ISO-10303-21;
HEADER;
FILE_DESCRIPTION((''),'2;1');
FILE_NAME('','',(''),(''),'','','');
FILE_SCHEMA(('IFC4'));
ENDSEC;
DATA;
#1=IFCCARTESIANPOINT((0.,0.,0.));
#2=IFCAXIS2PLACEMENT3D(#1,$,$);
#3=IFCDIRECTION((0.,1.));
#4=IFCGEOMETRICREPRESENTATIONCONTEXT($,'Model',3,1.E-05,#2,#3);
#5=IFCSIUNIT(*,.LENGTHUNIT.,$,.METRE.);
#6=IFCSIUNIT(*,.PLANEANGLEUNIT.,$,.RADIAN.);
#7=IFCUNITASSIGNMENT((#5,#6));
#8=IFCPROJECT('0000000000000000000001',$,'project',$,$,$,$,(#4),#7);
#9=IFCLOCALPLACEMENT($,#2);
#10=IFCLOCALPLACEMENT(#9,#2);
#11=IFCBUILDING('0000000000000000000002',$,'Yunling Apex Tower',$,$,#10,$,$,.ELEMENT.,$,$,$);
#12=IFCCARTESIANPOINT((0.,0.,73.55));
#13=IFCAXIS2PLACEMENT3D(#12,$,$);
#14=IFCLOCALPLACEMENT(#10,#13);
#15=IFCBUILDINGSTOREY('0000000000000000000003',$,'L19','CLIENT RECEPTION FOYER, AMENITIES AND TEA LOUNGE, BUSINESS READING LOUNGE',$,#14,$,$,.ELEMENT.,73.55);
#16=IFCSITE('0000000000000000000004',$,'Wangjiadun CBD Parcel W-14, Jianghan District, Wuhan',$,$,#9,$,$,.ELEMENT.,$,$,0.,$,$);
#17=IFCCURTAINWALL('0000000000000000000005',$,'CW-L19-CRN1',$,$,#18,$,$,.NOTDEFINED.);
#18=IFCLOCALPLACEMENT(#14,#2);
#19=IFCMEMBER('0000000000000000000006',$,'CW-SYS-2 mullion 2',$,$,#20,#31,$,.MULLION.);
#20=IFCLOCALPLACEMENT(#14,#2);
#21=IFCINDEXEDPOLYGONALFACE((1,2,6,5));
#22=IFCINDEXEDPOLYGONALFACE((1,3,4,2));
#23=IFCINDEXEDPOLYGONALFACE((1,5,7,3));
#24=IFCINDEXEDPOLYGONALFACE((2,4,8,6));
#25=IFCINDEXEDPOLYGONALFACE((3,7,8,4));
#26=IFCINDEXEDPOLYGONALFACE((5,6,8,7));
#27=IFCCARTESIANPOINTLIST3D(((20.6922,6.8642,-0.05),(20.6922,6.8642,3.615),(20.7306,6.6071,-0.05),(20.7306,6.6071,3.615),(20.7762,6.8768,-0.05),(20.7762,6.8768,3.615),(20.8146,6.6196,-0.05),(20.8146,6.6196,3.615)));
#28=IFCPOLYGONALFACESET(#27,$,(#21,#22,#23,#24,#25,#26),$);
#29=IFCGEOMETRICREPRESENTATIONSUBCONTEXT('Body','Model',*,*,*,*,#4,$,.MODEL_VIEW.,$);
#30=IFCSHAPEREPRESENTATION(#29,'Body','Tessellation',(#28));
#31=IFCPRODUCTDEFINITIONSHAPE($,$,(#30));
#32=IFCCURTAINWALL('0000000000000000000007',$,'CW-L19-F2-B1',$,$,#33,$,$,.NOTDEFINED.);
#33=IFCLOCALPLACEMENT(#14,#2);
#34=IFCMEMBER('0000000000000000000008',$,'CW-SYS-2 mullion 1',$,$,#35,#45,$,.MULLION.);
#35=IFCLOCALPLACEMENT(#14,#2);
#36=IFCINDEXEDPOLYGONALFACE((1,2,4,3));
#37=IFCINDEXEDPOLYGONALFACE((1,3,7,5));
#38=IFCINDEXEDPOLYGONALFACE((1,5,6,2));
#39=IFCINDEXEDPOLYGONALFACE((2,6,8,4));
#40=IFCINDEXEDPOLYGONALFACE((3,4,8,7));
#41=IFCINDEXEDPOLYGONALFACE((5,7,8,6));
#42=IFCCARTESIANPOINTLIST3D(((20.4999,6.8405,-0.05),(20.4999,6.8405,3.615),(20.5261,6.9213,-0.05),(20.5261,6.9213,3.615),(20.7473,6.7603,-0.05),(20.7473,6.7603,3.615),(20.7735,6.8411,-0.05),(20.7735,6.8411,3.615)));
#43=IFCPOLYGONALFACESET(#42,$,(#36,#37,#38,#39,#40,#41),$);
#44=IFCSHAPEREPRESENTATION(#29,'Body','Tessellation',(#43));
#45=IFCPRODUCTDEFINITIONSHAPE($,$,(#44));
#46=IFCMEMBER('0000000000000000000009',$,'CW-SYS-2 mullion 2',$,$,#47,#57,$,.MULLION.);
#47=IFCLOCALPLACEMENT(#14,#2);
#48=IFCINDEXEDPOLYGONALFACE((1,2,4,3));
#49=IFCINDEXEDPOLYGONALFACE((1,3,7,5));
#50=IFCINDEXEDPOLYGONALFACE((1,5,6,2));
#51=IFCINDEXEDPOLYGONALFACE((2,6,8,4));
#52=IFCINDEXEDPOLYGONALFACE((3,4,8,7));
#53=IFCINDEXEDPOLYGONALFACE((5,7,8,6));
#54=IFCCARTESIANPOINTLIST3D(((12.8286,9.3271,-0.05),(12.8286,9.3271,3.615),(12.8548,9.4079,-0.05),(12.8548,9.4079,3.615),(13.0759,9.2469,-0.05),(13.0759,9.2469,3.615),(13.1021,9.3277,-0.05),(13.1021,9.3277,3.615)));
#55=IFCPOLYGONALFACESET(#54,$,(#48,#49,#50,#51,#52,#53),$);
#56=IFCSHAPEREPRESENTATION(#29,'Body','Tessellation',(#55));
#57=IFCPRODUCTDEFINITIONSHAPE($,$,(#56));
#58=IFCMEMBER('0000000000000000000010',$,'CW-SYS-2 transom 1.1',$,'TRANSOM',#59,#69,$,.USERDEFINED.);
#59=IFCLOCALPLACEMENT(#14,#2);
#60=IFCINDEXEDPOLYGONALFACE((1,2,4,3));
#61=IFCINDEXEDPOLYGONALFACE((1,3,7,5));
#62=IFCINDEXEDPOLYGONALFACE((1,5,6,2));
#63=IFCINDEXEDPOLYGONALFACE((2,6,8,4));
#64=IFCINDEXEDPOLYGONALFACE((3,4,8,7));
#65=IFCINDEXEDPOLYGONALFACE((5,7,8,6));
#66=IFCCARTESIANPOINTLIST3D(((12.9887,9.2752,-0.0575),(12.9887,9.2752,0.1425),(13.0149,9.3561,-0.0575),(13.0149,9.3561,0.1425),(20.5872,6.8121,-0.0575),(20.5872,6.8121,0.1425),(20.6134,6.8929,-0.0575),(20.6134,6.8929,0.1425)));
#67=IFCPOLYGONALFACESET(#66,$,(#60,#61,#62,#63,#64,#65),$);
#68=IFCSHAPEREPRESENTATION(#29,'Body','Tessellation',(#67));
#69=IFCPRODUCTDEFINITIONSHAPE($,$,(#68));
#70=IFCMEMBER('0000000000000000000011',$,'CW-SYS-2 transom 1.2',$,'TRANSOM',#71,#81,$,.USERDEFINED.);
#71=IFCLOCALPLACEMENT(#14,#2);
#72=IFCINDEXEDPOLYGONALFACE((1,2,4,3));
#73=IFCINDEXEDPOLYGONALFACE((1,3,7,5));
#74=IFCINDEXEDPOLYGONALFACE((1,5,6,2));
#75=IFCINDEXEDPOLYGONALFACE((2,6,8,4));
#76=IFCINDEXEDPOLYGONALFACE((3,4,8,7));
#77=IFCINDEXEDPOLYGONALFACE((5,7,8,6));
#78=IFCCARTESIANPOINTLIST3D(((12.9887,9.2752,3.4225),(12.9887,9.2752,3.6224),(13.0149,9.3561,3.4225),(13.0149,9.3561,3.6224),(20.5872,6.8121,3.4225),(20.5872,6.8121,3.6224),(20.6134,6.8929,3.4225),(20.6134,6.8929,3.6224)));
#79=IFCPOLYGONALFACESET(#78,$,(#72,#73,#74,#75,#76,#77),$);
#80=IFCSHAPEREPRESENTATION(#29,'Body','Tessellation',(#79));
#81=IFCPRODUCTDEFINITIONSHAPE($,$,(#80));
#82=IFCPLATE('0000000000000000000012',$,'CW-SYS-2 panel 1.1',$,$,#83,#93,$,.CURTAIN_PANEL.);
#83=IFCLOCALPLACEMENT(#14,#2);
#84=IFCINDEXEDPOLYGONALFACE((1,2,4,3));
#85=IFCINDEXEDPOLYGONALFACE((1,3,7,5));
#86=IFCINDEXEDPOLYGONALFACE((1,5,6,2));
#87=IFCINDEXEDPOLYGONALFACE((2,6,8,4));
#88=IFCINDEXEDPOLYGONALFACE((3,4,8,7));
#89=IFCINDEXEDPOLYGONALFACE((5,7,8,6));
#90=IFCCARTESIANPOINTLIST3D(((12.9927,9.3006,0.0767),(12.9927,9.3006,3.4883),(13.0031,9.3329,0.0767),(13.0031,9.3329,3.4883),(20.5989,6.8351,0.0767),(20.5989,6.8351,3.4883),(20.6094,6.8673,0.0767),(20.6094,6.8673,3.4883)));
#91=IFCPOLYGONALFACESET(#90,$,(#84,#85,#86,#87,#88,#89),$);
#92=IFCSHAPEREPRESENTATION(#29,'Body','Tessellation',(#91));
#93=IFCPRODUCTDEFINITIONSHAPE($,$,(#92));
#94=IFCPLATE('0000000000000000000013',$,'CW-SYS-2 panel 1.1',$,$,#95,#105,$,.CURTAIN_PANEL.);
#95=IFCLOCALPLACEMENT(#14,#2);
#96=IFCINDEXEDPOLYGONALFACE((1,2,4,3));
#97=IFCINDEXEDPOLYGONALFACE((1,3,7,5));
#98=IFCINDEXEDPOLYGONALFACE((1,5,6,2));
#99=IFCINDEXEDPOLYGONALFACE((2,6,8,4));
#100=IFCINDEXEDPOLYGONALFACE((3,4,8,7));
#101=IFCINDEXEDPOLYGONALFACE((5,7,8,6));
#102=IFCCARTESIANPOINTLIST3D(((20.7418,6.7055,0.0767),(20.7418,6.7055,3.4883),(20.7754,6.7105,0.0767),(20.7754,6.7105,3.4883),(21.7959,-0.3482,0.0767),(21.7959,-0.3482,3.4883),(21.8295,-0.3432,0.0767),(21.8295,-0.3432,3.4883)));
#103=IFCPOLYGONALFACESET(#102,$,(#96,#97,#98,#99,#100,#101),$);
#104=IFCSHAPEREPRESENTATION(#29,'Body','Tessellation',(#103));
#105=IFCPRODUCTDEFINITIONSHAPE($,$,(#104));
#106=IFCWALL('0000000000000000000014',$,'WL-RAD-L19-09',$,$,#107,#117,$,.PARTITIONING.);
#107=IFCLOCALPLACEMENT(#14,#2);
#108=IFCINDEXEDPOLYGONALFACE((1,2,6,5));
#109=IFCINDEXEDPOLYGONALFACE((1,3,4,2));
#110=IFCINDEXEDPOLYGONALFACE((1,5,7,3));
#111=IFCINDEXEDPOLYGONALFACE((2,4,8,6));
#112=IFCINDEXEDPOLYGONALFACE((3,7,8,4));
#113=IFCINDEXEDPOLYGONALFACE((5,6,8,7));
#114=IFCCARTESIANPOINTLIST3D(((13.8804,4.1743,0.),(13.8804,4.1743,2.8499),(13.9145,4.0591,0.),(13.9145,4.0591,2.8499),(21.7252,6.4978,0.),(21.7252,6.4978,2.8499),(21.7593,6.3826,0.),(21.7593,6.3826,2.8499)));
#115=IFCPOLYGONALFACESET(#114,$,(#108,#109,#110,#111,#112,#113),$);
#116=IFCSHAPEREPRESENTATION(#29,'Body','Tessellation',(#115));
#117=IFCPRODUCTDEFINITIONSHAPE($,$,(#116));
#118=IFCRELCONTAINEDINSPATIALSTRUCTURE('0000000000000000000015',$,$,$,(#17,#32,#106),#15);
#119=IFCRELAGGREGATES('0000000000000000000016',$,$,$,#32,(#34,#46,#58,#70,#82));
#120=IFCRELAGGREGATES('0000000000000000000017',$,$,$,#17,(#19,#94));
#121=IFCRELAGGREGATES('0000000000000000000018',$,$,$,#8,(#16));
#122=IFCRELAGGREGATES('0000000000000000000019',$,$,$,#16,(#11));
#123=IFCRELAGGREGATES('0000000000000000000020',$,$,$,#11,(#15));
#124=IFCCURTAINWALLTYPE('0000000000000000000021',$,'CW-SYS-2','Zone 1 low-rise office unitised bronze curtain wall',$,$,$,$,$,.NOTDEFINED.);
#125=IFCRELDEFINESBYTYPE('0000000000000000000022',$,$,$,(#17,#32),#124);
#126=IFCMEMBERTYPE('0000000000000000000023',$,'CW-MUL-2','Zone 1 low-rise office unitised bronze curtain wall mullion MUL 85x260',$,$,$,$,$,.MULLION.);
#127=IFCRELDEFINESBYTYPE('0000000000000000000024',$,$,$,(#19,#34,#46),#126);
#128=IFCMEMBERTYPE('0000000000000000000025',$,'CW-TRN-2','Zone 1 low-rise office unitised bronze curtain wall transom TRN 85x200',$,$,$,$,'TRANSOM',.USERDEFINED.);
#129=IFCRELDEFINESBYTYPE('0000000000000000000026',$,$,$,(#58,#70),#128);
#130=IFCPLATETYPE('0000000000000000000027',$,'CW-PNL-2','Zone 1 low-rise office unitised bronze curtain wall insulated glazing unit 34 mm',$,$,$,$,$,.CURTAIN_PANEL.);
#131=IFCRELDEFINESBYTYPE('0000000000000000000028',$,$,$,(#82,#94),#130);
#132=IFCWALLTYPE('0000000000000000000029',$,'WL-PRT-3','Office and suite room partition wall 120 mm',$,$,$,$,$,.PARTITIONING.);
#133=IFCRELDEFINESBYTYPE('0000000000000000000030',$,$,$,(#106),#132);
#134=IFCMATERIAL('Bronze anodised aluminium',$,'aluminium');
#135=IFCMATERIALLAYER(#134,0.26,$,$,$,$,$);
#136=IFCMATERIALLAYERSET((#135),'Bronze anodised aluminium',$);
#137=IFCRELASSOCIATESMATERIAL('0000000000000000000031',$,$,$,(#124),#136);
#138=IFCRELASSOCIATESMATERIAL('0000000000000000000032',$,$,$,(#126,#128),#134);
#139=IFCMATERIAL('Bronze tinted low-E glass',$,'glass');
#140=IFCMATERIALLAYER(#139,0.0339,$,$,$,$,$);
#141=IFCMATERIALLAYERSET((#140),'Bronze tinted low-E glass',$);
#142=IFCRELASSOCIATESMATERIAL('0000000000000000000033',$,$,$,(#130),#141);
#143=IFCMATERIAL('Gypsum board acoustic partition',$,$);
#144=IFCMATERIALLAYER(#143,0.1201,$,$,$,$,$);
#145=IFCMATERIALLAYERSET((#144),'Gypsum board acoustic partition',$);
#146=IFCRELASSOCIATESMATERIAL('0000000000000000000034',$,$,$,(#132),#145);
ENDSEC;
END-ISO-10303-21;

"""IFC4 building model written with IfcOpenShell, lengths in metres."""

from ifc_helpers import new_model, si_unit, direction, frame, frame_2d, origin, origin_2d, place, context, subcontext, project, spatial, rectangle, extrude, source, transform, mapped, material, layer, layer_set, material_profile, profile_set, type_object, element, aggregate, save


model = new_model("IFC4")

# Units and contexts
model_context = context("Model", 3, precision=1e-05, world=origin(), true_north=direction((0.0, 1.0)))
body_context = subcontext(model_context, "Body", "Model", "MODEL_VIEW")
ifc_project = project(units=[si_unit("LENGTHUNIT", "METRE"), si_unit("PLANEANGLEUNIT", "RADIAN")], contexts=[model_context])

# Site, building, storey
site_placement = place(None, origin())
site = spatial("IfcSite", under=ifc_project, at=site_placement, Name="Wangjiadun CBD Parcel W-14, Jianghan District, Wuhan", CompositionType="ELEMENT", RefElevation=0.0)
building_placement = place(site_placement, origin())
building = spatial("IfcBuilding", under=site, at=building_placement, Name="Yunling Apex Tower", CompositionType="ELEMENT")
storey_placement = place(building_placement, frame((0.0, 0.0, 73.55)))
storey = spatial("IfcBuildingStorey", under=building, at=storey_placement, Name="L19", Description="CLIENT RECEPTION FOYER, AMENITIES AND TEA LOUNGE, BUSINESS READING LOUNGE", CompositionType="ELEMENT", Elevation=73.55)

# Curtain wall, member
ifc_material_1 = material(Name="Bronze anodised aluminium", Category="aluminium")
ifc_layer_1 = layer(ifc_material_1, 0.26)
ifc_layer_set_1 = layer_set([ifc_layer_1], Name="Bronze anodised aluminium")
curtain_wall_type = type_object("IfcCurtainWallType", Name="CW-SYS-2", Description="Zone 1 low-rise office unitised bronze curtain wall", PredefinedType="NOTDEFINED", material=ifc_layer_set_1)
curtain_wall_1_placement = place(storey_placement, origin())
curtain_wall_1 = element("IfcCurtainWall", 1, at=curtain_wall_1_placement, inside=storey, type_object=curtain_wall_type, Name="CW-L19-CRN1", PredefinedType="NOTDEFINED")
ifc_material_profile_1 = material_profile(ifc_material_1, rectangle(XDim=0.085, YDim=0.26, at=origin_2d()))
ifc_profile_set_1 = profile_set([ifc_material_profile_1], Name="Bronze anodised aluminium")
member_type_1 = type_object("IfcMemberType", Name="CW-MUL-2", Description="Zone 1 low-rise office unitised bronze curtain wall mullion MUL 85x260", PredefinedType="MULLION", material=ifc_profile_set_1)
shared_shape_1 = source(origin(), body_context, "Body", "SweptSolid", [
    extrude(rectangle(XDim=0.085, YDim=0.26, at=origin_2d()), origin(), (0.0, 0.0, 1.0), 3.665),
])
member_1_placement = place(storey_placement, frame((20.7534, 6.7419, -0.05), z_axis=(0.0, 0.0, 1.0), x_axis=(-0.989018, -0.147798, 0.0)))
member_1 = element("IfcMember", 2, at=member_1_placement, type_object=member_type_1, Name="CW-SYS-2 mullion 2", PredefinedType="MULLION", context=body_context, shape_type="MappedRepresentation", body=[
    mapped(shared_shape_1, transform((0.0, 0.0, 0.0), scale=1.0)),
])

# Curtain wall, members, plate
curtain_wall_2_placement = place(storey_placement, origin())
curtain_wall_2 = element("IfcCurtainWall", 3, at=curtain_wall_2_placement, inside=storey, type_object=curtain_wall_type, Name="CW-L19-F2-B1", PredefinedType="NOTDEFINED")
member_2_placement = place(storey_placement, frame((20.6367, 6.8408, -0.05), z_axis=(0.0, 0.0, 1.0), x_axis=(-0.308357, -0.951271, 0.0)))
member_2 = element("IfcMember", 4, at=member_2_placement, type_object=member_type_1, Name="CW-SYS-2 mullion 1", PredefinedType="MULLION", context=body_context, shape_type="MappedRepresentation", body=[
    mapped(shared_shape_1, transform((0.0, 0.0, 0.0), scale=1.0)),
])
member_3_placement = place(storey_placement, frame((12.9653, 9.3274, -0.05), z_axis=(0.0, 0.0, 1.0), x_axis=(-0.308357, -0.951271, 0.0)))
member_3 = element("IfcMember", 5, at=member_3_placement, type_object=member_type_1, Name="CW-SYS-2 mullion 2", PredefinedType="MULLION", context=body_context, shape_type="MappedRepresentation", body=[
    mapped(shared_shape_1, transform((0.0, 0.0, 0.0), scale=1.0)),
])
ifc_material_profile_2 = material_profile(ifc_material_1, rectangle(XDim=0.085, YDim=0.2, at=origin_2d()))
ifc_profile_set_2 = profile_set([ifc_material_profile_2], Name="Bronze anodised aluminium")
member_type_2 = type_object("IfcMemberType", Name="CW-TRN-2", Description="Zone 1 low-rise office unitised bronze curtain wall transom TRN 85x200", ElementType="TRANSOM", PredefinedType="USERDEFINED", material=ifc_profile_set_2)
shared_shape_2 = source(origin(), body_context, "Body", "SweptSolid", [
    extrude(rectangle(XDim=0.085, YDim=0.2, at=origin_2d()), origin(), (0.0, 0.0, 1.0), 7.9878),
])
member_4_placement = place(storey_placement, frame((20.6003, 6.8525, 0.0425), z_axis=(-0.95127, 0.308359, 0.0), x_axis=(-0.308359, -0.95127, 0.0)))
member_4 = element("IfcMember", 6, at=member_4_placement, type_object=member_type_2, Name="CW-SYS-2 transom 1.1", ObjectType="TRANSOM", PredefinedType="USERDEFINED", context=body_context, shape_type="MappedRepresentation", body=[
    mapped(shared_shape_2, transform((0.0, 0.0, 0.0), scale=1.0)),
])
member_5_placement = place(storey_placement, frame((20.6003, 6.8525, 3.5225), z_axis=(-0.95127, 0.308359, 0.0), x_axis=(-0.308359, -0.95127, 0.0)))
member_5 = element("IfcMember", 7, at=member_5_placement, type_object=member_type_2, Name="CW-SYS-2 transom 1.2", ObjectType="TRANSOM", PredefinedType="USERDEFINED", context=body_context, shape_type="MappedRepresentation", body=[
    mapped(shared_shape_2, transform((0.0, 0.0, 0.0), scale=1.0)),
])
ifc_material_2 = material(Name="Bronze tinted low-E glass", Category="glass")
ifc_layer_2 = layer(ifc_material_2, 0.0339)
ifc_layer_set_2 = layer_set([ifc_layer_2], Name="Bronze tinted low-E glass")
plate_type = type_object("IfcPlateType", Name="CW-PNL-2", Description="Zone 1 low-rise office unitised bronze curtain wall insulated glazing unit 34 mm", PredefinedType="CURTAIN_PANEL", material=ifc_layer_set_2)
shared_shape_3 = source(origin(), body_context, "Body", "SweptSolid", [
    extrude(rectangle(XDim=7.9958, YDim=0.0339, at=origin_2d()), origin(), (0.0, 0.0, 1.0), 3.4116),
])
plate_1_placement = place(storey_placement, frame((16.801, 8.084, 0.0767), z_axis=(0.0, 0.0, 1.0), x_axis=(-0.951271, 0.308357, 0.0)))
plate_1 = element("IfcPlate", 8, at=plate_1_placement, type_object=plate_type, Name="CW-SYS-2 panel 1.1", PredefinedType="CURTAIN_PANEL", context=body_context, shape_type="MappedRepresentation", body=[
    mapped(shared_shape_3, transform((0.0, 0.0, 0.0), scale=1.0)),
])
aggregate(curtain_wall_2, [member_2, member_3, member_4, member_5, plate_1])

# Plate
shared_shape_4 = source(origin(), body_context, "Body", "SweptSolid", [
    extrude(rectangle(XDim=7.1321, YDim=0.0339, at=origin_2d()), origin(), (0.0, 0.0, 1.0), 3.4116),
])
plate_2_placement = place(storey_placement, frame((21.2856, 3.1812, 0.0767), z_axis=(0.0, 0.0, 1.0), x_axis=(-0.147798, 0.989018, 0.0)))
plate_2 = element("IfcPlate", 9, at=plate_2_placement, type_object=plate_type, Name="CW-SYS-2 panel 1.1", PredefinedType="CURTAIN_PANEL", context=body_context, shape_type="MappedRepresentation", body=[
    mapped(shared_shape_4, transform((0.0, 0.0, 0.0), scale=1.0)),
])
aggregate(curtain_wall_1, [member_1, plate_2])

# Wall
ifc_material_3 = material(Name="Gypsum board acoustic partition")
ifc_layer_3 = layer(ifc_material_3, 0.1201)
ifc_layer_set_3 = layer_set([ifc_layer_3], Name="Gypsum board acoustic partition")
wall_type = type_object("IfcWallType", Name="WL-PRT-3", Description="Office and suite room partition wall 120 mm", PredefinedType="PARTITIONING", material=ifc_layer_set_3)
wall_placement = place(storey_placement, frame((13.8975, 4.1167, 0.0), z_axis=(0.0, 0.0, 1.0), x_axis=(0.958827, 0.28399, 0.0)))
element("IfcWall", 10, at=wall_placement, inside=storey, type_object=wall_type, Name="WL-RAD-L19-09", PredefinedType="PARTITIONING", context=body_context, shape_type="SweptSolid", body=[
    extrude(rectangle(XDim=8.1816, YDim=0.1201, at=frame_2d((4.0908, 0.0))), origin(), (0.0, 0.0, 1.0), 2.8499),
])

save(model, "model.ifc")
